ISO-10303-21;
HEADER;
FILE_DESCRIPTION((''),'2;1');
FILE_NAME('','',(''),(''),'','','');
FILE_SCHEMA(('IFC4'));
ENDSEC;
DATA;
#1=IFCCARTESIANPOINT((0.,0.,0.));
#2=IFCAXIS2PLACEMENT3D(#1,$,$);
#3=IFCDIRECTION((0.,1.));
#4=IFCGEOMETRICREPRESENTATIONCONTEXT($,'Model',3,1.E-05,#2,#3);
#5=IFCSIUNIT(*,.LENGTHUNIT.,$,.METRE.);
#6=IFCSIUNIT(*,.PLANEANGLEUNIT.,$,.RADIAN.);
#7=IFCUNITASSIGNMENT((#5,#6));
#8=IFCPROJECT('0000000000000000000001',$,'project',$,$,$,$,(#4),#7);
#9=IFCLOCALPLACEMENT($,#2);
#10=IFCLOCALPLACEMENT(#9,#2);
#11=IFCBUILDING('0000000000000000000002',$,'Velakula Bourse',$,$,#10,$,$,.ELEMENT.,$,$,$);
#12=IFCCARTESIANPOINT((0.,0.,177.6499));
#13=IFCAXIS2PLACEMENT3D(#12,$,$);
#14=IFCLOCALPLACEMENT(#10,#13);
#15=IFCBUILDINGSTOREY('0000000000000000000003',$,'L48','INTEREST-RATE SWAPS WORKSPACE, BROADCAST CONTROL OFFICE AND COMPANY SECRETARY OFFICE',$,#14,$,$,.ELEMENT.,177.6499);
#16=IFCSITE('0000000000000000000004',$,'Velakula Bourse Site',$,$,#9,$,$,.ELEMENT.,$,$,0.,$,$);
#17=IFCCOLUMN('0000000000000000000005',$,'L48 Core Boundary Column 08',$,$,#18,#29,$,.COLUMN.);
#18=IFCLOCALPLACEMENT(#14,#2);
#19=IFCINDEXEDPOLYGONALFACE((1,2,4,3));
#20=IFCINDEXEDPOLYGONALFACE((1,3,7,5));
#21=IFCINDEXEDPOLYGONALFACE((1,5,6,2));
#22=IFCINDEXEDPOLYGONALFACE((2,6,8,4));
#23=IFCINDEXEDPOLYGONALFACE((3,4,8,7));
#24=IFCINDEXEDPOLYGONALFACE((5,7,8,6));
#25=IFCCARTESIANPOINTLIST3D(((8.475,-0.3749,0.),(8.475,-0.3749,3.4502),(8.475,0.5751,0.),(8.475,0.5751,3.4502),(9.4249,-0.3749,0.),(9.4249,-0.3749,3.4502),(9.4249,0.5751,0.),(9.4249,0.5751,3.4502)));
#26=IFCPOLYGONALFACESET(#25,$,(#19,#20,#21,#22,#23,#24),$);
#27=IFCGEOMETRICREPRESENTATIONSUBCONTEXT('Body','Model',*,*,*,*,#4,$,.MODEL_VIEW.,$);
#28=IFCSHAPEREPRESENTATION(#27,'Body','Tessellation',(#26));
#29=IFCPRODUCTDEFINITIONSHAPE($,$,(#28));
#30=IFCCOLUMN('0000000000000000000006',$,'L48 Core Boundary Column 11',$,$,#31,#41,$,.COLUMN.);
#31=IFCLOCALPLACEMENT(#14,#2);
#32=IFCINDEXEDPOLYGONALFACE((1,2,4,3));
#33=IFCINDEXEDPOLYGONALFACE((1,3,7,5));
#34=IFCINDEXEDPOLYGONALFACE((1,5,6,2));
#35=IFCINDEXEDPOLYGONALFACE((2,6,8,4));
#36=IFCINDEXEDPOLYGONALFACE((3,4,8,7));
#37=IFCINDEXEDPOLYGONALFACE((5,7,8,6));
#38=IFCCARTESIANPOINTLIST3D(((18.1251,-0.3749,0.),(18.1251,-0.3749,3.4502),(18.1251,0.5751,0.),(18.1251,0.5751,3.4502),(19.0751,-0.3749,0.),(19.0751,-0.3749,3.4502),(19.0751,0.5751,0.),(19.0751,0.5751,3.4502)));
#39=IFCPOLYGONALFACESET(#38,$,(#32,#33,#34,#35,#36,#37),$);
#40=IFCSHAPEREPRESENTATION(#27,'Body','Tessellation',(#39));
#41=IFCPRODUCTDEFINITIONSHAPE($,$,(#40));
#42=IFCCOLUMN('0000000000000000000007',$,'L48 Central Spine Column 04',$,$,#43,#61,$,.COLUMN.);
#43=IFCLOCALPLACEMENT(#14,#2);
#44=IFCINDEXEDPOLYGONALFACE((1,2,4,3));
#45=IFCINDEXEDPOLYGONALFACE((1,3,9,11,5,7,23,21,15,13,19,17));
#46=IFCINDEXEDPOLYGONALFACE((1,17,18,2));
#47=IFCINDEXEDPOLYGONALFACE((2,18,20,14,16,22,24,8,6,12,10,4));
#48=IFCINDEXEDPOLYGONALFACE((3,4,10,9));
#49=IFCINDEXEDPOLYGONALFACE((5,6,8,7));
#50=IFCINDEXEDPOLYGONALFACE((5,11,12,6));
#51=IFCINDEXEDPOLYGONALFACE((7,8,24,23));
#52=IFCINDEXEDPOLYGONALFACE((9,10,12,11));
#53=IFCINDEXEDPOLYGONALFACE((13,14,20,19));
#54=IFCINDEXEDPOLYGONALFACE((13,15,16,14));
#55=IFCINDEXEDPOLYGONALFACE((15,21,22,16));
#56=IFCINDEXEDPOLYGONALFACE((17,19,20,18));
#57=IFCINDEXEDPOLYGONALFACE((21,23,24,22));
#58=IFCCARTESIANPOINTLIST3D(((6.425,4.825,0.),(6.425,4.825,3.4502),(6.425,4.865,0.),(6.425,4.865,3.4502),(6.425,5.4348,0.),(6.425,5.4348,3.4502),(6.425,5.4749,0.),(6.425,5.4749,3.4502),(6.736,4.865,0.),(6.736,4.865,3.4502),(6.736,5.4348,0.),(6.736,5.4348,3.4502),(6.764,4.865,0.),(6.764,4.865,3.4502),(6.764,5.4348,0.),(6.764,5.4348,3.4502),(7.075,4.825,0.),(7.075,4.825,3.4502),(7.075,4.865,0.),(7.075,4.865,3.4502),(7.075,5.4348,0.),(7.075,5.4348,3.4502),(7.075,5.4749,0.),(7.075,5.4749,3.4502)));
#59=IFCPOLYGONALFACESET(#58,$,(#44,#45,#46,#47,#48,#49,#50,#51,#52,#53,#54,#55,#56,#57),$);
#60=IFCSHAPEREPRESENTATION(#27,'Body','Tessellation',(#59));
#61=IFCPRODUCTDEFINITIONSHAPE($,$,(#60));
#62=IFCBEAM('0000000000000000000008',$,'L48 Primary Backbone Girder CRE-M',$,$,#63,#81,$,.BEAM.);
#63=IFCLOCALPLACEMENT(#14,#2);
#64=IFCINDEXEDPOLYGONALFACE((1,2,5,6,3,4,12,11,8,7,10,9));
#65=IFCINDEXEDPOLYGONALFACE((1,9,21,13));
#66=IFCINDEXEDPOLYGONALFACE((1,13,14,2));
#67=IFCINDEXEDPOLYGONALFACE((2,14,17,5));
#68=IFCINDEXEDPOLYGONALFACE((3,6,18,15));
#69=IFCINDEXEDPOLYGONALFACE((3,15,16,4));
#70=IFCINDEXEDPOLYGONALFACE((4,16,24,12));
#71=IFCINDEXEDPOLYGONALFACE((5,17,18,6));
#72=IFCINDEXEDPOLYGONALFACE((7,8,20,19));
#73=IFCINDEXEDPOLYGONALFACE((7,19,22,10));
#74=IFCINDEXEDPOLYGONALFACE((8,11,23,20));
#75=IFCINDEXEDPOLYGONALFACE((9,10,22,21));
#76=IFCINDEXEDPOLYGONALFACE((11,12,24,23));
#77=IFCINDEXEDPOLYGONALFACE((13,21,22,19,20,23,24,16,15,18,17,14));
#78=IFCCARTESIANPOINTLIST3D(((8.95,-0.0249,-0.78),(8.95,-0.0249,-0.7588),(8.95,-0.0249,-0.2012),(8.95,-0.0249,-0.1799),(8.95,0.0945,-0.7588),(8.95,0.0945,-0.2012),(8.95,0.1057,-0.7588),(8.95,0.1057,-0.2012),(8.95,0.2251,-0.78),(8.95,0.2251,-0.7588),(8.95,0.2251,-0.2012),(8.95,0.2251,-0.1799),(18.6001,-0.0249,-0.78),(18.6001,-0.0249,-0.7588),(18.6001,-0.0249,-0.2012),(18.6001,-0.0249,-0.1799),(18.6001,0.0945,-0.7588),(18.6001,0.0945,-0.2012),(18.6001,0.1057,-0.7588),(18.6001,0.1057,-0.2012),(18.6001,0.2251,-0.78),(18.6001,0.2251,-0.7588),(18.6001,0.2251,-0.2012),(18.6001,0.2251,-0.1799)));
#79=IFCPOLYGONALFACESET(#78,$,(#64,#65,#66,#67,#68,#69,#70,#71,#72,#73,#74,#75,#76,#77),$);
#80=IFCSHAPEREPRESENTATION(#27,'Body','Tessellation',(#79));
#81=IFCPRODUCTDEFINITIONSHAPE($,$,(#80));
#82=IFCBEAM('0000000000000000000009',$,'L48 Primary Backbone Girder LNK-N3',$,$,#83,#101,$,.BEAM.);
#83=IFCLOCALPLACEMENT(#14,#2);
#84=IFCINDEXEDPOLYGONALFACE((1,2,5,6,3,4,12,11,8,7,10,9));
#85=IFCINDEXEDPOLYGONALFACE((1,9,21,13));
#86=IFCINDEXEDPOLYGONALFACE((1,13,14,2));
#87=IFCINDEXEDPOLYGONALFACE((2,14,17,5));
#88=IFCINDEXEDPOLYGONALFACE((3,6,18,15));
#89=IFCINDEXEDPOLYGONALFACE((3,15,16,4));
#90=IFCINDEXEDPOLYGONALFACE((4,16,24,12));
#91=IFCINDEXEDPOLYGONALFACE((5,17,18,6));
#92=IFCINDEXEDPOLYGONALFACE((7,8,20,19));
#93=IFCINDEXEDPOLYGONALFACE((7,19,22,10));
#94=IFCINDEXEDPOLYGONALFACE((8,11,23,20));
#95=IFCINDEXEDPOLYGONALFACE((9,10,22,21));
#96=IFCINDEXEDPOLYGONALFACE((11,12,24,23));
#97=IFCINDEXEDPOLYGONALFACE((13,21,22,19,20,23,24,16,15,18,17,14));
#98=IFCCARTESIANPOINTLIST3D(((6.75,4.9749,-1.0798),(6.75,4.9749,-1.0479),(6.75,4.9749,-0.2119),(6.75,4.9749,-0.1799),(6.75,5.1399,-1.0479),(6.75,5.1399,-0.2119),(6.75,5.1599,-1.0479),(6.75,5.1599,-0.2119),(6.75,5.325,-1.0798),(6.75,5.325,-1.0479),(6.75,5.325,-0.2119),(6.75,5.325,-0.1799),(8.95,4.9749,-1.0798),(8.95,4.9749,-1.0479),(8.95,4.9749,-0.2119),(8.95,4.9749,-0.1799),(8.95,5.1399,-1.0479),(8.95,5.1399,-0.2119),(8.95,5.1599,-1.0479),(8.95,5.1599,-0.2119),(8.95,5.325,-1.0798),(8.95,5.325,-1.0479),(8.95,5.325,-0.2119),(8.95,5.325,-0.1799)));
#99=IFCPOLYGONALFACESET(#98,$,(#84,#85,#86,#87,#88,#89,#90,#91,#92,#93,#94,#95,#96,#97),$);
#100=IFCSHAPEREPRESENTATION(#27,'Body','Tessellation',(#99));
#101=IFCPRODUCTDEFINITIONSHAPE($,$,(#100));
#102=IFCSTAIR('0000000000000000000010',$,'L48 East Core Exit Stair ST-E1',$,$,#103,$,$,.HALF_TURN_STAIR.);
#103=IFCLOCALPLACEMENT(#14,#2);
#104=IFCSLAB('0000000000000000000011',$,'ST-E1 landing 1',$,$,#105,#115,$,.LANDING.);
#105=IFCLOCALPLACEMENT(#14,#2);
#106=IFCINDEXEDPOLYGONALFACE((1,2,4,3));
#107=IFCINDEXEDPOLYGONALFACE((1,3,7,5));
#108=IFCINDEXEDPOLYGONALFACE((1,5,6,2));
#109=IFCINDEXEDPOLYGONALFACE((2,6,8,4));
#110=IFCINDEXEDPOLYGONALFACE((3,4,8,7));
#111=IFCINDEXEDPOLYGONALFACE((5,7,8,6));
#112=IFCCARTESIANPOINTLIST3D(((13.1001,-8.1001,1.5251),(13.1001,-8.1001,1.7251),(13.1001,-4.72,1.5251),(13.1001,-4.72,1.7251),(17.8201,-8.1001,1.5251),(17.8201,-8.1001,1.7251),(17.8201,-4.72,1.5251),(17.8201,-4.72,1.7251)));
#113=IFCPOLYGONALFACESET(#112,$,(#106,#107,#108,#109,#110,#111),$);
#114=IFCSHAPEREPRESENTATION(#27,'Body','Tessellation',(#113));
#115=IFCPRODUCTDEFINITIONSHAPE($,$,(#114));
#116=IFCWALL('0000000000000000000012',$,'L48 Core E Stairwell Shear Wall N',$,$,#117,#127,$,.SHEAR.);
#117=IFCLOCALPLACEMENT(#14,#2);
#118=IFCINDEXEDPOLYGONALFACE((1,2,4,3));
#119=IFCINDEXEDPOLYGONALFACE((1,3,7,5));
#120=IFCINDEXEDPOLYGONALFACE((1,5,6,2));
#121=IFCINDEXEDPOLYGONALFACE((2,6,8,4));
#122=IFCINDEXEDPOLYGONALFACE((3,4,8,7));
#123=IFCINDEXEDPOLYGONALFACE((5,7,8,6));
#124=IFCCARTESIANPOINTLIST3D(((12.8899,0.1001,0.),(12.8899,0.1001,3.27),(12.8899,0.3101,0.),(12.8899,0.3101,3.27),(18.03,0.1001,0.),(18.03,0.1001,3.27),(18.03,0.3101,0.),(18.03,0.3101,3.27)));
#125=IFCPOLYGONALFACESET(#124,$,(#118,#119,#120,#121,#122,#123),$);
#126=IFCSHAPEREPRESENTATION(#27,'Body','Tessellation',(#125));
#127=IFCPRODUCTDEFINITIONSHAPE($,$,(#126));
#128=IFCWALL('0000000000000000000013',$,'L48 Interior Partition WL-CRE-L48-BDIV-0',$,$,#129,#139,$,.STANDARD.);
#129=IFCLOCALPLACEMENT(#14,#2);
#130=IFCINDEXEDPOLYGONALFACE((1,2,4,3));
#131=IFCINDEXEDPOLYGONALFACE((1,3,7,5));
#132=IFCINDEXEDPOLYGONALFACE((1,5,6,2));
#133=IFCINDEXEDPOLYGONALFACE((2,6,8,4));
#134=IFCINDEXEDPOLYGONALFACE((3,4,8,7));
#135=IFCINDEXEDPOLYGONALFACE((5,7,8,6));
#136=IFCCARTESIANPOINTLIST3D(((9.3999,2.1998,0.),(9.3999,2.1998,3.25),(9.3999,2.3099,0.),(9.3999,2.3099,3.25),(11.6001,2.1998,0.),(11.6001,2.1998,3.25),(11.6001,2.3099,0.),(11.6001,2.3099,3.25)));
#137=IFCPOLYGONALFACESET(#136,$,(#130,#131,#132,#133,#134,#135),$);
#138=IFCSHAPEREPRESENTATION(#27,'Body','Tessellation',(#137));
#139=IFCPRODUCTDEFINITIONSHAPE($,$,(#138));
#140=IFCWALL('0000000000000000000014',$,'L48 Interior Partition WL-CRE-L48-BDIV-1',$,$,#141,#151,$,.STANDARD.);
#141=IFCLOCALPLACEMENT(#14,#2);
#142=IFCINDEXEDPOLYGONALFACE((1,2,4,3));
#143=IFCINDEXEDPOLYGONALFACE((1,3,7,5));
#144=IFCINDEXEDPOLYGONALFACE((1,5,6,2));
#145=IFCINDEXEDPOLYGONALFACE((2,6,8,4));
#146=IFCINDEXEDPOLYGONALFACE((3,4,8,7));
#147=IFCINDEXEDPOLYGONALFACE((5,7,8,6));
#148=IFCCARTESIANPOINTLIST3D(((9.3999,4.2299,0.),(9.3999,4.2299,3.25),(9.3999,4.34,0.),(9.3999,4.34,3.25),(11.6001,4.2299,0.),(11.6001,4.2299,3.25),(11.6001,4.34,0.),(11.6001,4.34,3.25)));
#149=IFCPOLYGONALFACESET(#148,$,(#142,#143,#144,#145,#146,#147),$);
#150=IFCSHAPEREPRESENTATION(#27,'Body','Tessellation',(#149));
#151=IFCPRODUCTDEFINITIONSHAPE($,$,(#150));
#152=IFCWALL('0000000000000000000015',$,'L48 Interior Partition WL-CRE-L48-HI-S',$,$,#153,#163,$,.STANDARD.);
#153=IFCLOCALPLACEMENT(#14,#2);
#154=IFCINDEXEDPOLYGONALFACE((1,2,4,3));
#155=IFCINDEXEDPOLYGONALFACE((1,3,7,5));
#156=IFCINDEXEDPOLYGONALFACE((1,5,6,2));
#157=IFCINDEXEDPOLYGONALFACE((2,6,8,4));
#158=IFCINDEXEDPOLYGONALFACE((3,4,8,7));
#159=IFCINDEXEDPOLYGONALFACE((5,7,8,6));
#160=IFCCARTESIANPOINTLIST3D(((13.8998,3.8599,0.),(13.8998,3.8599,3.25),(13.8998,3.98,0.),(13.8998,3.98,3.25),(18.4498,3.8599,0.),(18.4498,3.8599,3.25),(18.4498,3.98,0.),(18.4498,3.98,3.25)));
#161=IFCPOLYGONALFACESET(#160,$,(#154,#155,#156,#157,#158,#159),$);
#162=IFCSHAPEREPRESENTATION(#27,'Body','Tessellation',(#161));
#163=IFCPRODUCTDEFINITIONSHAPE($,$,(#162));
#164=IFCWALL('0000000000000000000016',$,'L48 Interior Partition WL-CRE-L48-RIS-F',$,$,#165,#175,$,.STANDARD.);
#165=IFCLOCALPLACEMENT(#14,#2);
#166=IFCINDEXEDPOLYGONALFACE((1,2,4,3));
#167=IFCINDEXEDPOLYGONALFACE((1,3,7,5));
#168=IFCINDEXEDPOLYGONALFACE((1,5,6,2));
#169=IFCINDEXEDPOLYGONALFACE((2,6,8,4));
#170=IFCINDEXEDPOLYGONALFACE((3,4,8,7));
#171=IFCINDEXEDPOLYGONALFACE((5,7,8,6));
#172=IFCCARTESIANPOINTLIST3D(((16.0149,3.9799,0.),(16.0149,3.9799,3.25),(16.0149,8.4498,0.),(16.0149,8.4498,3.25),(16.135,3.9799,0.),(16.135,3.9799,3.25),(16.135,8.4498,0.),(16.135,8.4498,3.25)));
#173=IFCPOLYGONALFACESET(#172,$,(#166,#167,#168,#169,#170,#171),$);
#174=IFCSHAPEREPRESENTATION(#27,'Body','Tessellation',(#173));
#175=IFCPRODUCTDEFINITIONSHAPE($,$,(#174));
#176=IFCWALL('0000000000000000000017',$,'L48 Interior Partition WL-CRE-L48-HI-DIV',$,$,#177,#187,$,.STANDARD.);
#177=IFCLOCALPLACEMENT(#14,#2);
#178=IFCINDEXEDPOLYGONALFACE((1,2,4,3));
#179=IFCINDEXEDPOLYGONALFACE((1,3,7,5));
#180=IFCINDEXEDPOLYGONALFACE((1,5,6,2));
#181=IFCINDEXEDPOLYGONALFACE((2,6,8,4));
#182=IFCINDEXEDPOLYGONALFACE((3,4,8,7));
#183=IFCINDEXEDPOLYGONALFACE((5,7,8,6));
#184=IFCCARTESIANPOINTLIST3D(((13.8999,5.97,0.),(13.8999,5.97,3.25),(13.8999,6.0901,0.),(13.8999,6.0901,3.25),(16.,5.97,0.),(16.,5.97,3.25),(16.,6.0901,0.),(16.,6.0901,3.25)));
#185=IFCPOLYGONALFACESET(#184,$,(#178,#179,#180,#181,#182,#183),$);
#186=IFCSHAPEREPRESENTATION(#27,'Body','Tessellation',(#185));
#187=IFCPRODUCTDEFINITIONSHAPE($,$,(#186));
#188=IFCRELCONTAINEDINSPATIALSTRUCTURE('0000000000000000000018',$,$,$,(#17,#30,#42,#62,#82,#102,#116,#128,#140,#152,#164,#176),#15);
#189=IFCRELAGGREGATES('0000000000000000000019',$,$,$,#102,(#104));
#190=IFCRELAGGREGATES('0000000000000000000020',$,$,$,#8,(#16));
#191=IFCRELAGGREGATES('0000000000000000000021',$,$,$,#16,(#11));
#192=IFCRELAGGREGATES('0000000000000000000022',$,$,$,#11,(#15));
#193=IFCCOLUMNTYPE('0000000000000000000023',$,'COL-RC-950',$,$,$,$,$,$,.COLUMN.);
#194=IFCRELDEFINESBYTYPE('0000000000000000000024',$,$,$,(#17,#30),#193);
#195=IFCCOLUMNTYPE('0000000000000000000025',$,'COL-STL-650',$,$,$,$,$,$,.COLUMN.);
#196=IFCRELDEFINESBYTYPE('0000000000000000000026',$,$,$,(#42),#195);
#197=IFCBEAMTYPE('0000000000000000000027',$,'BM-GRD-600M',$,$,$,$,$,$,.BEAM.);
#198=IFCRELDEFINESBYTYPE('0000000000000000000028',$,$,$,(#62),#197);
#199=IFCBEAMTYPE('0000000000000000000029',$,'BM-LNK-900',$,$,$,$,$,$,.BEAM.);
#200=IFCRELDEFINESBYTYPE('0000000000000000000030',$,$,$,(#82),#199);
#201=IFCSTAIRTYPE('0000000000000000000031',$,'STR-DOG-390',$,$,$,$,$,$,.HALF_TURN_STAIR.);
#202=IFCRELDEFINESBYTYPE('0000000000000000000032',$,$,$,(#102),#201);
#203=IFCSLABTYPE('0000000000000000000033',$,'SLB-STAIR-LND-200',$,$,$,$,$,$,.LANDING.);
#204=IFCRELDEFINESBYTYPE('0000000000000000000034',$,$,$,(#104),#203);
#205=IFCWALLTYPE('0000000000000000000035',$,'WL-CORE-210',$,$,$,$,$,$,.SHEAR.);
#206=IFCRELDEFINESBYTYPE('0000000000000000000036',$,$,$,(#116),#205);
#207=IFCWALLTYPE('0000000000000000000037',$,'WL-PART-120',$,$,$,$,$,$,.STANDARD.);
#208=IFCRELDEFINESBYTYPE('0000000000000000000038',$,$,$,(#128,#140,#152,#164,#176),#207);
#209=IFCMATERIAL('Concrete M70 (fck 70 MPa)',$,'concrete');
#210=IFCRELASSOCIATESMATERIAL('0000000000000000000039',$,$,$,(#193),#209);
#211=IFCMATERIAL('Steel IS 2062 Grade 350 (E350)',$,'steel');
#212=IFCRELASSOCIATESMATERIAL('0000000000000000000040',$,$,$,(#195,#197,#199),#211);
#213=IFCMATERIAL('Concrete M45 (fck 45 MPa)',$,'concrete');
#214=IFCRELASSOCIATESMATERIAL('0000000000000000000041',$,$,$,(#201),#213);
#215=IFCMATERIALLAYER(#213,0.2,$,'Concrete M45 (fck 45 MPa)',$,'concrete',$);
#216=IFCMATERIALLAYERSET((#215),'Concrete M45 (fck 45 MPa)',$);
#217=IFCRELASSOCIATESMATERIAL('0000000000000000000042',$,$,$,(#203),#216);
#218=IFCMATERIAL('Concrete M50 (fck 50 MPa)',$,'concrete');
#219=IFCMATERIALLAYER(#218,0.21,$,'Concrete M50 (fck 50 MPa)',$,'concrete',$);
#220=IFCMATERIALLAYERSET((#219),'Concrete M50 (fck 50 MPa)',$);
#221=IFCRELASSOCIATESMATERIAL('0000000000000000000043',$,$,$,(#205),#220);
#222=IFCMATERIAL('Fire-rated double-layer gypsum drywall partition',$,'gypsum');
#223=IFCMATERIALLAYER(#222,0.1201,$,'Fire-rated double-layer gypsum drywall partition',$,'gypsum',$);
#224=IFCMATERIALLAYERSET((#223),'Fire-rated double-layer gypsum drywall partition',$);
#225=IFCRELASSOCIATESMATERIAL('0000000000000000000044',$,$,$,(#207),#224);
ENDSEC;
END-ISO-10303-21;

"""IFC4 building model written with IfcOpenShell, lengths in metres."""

from ifc_helpers import new_model, si_unit, direction, frame, frame_2d, origin, origin_2d, place, context, subcontext, project, spatial, polyline, rectangle, i_section, outline, extrude, material, layer, layer_set, material_profile, profile_set, type_object, element, aggregate, save


model = new_model("IFC4")

# Units and contexts
model_context = context("Model", 3, precision=1e-05, world=origin(), true_north=direction((0.0, 1.0)))
body_context = subcontext(model_context, "Body", "Model", "MODEL_VIEW")
ifc_project = project(units=[si_unit("LENGTHUNIT", "METRE"), si_unit("PLANEANGLEUNIT", "RADIAN")], contexts=[model_context])

# Site, building, storey
site_placement = place(None, origin())
site = spatial("IfcSite", under=ifc_project, at=site_placement, Name="Velakula Bourse Site", CompositionType="ELEMENT", RefElevation=0.0)
building_placement = place(site_placement, origin())
building = spatial("IfcBuilding", under=site, at=building_placement, Name="Velakula Bourse", CompositionType="ELEMENT")
storey_placement = place(building_placement, frame((0.0, 0.0, 177.6499)))
storey = spatial("IfcBuildingStorey", under=building, at=storey_placement, Name="L48", Description="INTEREST-RATE SWAPS WORKSPACE, BROADCAST CONTROL OFFICE AND COMPANY SECRETARY OFFICE", CompositionType="ELEMENT", Elevation=177.6499)

# Columns
ifc_material_1 = material(Name="Concrete M70 (fck 70 MPa)", Category="concrete")
ifc_material_profile_1 = material_profile(ifc_material_1, rectangle(XDim=0.95, YDim=0.95, at=origin_2d()), Name="Concrete M70 (fck 70 MPa)")
ifc_profile_set_1 = profile_set([ifc_material_profile_1], Name="Concrete M70 (fck 70 MPa)")
column_type_1 = type_object("IfcColumnType", Name="COL-RC-950", PredefinedType="COLUMN", material=ifc_profile_set_1)
for number, where, z_axis, x_axis, name in (
    (1, (8.95, 0.1001, 0.0), (0.0, 0.0, 1.0), (1.0, 0.0, 0.0), "L48 Core Boundary Column 08"),
    (2, (18.6001, 0.1001, 0.0), (0.0, 0.0, 1.0), (1.0, 0.0, 0.0), "L48 Core Boundary Column 11"),
):
    element("IfcColumn", number, at=place(storey_placement, frame(where, z_axis=z_axis, x_axis=x_axis)), inside=storey, type_object=column_type_1, Name=name, PredefinedType="COLUMN", context=body_context, shape_type="SweptSolid", body=[
        extrude(rectangle(XDim=0.95, YDim=0.95, at=origin_2d()), origin(), (0.0, 0.0, 1.0), 3.4502),
    ])
ifc_material_2 = material(Name="Steel IS 2062 Grade 350 (E350)", Category="steel")
ifc_material_profile_2 = material_profile(ifc_material_2, i_section(OverallWidth=0.6499, OverallDepth=0.6499, WebThickness=0.0281, FlangeThickness=0.04, at=origin_2d()), Name="Steel IS 2062 Grade 350 (E350)")
ifc_profile_set_2 = profile_set([ifc_material_profile_2], Name="Steel IS 2062 Grade 350 (E350)")
column_type_2 = type_object("IfcColumnType", Name="COL-STL-650", PredefinedType="COLUMN", material=ifc_profile_set_2)
column_placement = place(storey_placement, frame((6.75, 5.1499, 0.0), z_axis=(0.0, 0.0, 1.0), x_axis=(1.0, 0.0, 0.0)))
element("IfcColumn", 3, at=column_placement, inside=storey, type_object=column_type_2, Name="L48 Central Spine Column 04", PredefinedType="COLUMN", context=body_context, shape_type="SweptSolid", body=[
    extrude(i_section(OverallWidth=0.6499, OverallDepth=0.6499, WebThickness=0.0281, FlangeThickness=0.04, at=origin_2d()), origin(), (0.0, 0.0, 1.0), 3.4502),
])

# Beams
ifc_material_profile_3 = material_profile(ifc_material_2, i_section(OverallWidth=0.25, OverallDepth=0.6001, WebThickness=0.0112, FlangeThickness=0.0212, at=origin_2d()), Name="Steel IS 2062 Grade 350 (E350)")
ifc_profile_set_3 = profile_set([ifc_material_profile_3], Name="Steel IS 2062 Grade 350 (E350)")
beam_type_1 = type_object("IfcBeamType", Name="BM-GRD-600M", PredefinedType="BEAM", material=ifc_profile_set_3)
beam_1_placement = place(storey_placement, frame((8.95, 0.1001, -0.48), z_axis=(1.0, 0.0, 0.0), x_axis=(0.0, 1.0, 0.0)))
element("IfcBeam", 4, at=beam_1_placement, inside=storey, type_object=beam_type_1, Name="L48 Primary Backbone Girder CRE-M", PredefinedType="BEAM", context=body_context, shape_type="SweptSolid", body=[
    extrude(i_section(OverallWidth=0.25, OverallDepth=0.6001, WebThickness=0.0112, FlangeThickness=0.0212, at=origin_2d()), origin(), (0.0, 0.0, 1.0), 9.6501),
])
ifc_material_profile_4 = material_profile(ifc_material_2, i_section(OverallWidth=0.3501, OverallDepth=0.8999, WebThickness=0.02, FlangeThickness=0.032, at=origin_2d()), Name="Steel IS 2062 Grade 350 (E350)")
ifc_profile_set_4 = profile_set([ifc_material_profile_4], Name="Steel IS 2062 Grade 350 (E350)")
beam_type_2 = type_object("IfcBeamType", Name="BM-LNK-900", PredefinedType="BEAM", material=ifc_profile_set_4)
beam_2_placement = place(storey_placement, frame((6.75, 5.1499, -0.6299), z_axis=(1.0, 0.0, 0.0), x_axis=(0.0, 1.0, 0.0)))
element("IfcBeam", 5, at=beam_2_placement, inside=storey, type_object=beam_type_2, Name="L48 Primary Backbone Girder LNK-N3", PredefinedType="BEAM", context=body_context, shape_type="SweptSolid", body=[
    extrude(i_section(OverallWidth=0.3501, OverallDepth=0.8999, WebThickness=0.02, FlangeThickness=0.032, at=origin_2d()), origin(), (0.0, 0.0, 1.0), 2.2),
])

# Stair, slab
ifc_material_3 = material(Name="Concrete M45 (fck 45 MPa)", Category="concrete")
stair_type = type_object("IfcStairType", Name="STR-DOG-390", PredefinedType="HALF_TURN_STAIR", material=ifc_material_3)
stair_placement = place(storey_placement, origin())
stair = element("IfcStair", 6, at=stair_placement, inside=storey, type_object=stair_type, Name="L48 East Core Exit Stair ST-E1", PredefinedType="HALF_TURN_STAIR")
ifc_layer_1 = layer(ifc_material_3, 0.2, Name="Concrete M45 (fck 45 MPa)", Category="concrete")
ifc_layer_set_1 = layer_set([ifc_layer_1], Name="Concrete M45 (fck 45 MPa)")
slab_type = type_object("IfcSlabType", Name="SLB-STAIR-LND-200", PredefinedType="LANDING", material=ifc_layer_set_1)
slab_placement = place(storey_placement, frame((0.0, 0.0, 1.5251)))
slab = element("IfcSlab", 7, at=slab_placement, type_object=slab_type, Name="ST-E1 landing 1", PredefinedType="LANDING", context=body_context, shape_type="SweptSolid", body=[
    extrude(outline(polyline([(13.1001, -4.72), (13.1001, -8.1001), (17.8201, -8.1001), (17.8201, -4.72), (13.1001, -4.72)])), origin(), (0.0, 0.0, 1.0), 0.2),
])
aggregate(stair, [slab])

# Walls
ifc_material_4 = material(Name="Concrete M50 (fck 50 MPa)", Category="concrete")
ifc_layer_2 = layer(ifc_material_4, 0.21, Name="Concrete M50 (fck 50 MPa)", Category="concrete")
ifc_layer_set_2 = layer_set([ifc_layer_2], Name="Concrete M50 (fck 50 MPa)")
wall_type_1 = type_object("IfcWallType", Name="WL-CORE-210", PredefinedType="SHEAR", material=ifc_layer_set_2)
wall_1_placement = place(storey_placement, frame((18.03, 0.2051, 0.0), z_axis=(0.0, 0.0, 1.0), x_axis=(-1.0, 0.0, 0.0)))
element("IfcWall", 8, at=wall_1_placement, inside=storey, type_object=wall_type_1, Name="L48 Core E Stairwell Shear Wall N", PredefinedType="SHEAR", context=body_context, shape_type="SweptSolid", body=[
    extrude(rectangle(XDim=5.1401, YDim=0.21, at=frame_2d((2.5701, 0.0))), origin(), (0.0, 0.0, 1.0), 3.27),
])
ifc_material_5 = material(Name="Fire-rated double-layer gypsum drywall partition", Category="gypsum")
ifc_layer_3 = layer(ifc_material_5, 0.1201, Name="Fire-rated double-layer gypsum drywall partition", Category="gypsum")
ifc_layer_set_3 = layer_set([ifc_layer_3], Name="Fire-rated double-layer gypsum drywall partition")
wall_type_2 = type_object("IfcWallType", Name="WL-PART-120", PredefinedType="STANDARD", material=ifc_layer_set_3)
for number, where, z_axis, x_axis, name in (
    (9, (9.3999, 2.2549, 0.0), (0.0, 0.0, 1.0), (1.0, 0.0, 0.0), "L48 Interior Partition WL-CRE-L48-BDIV-0"),
    (10, (9.3999, 4.2849, 0.0), (0.0, 0.0, 1.0), (1.0, 0.0, 0.0), "L48 Interior Partition WL-CRE-L48-BDIV-1"),
):
    element("IfcWall", number, at=place(storey_placement, frame(where, z_axis=z_axis, x_axis=x_axis)), inside=storey, type_object=wall_type_2, Name=name, PredefinedType="STANDARD", context=body_context, shape_type="SweptSolid", body=[
        extrude(rectangle(XDim=2.2002, YDim=0.1101, at=frame_2d((1.1001, 0.0))), origin(), (0.0, 0.0, 1.0), 3.25),
    ])
wall_2_placement = place(storey_placement, frame((13.8999, 3.9199, 0.0), z_axis=(0.0, 0.0, 1.0), x_axis=(1.0, 0.0, 0.0)))
element("IfcWall", 11, at=wall_2_placement, inside=storey, type_object=wall_type_2, Name="L48 Interior Partition WL-CRE-L48-HI-S", PredefinedType="STANDARD", context=body_context, shape_type="SweptSolid", body=[
    extrude(rectangle(XDim=4.55, YDim=0.1201, at=frame_2d((2.2749, 0.0))), origin(), (0.0, 0.0, 1.0), 3.25),
])
wall_3_placement = place(storey_placement, frame((16.075, 3.98, 0.0), z_axis=(0.0, 0.0, 1.0), x_axis=(0.0, 1.0, 0.0)))
element("IfcWall", 12, at=wall_3_placement, inside=storey, type_object=wall_type_2, Name="L48 Interior Partition WL-CRE-L48-RIS-F", PredefinedType="STANDARD", context=body_context, shape_type="SweptSolid", body=[
    extrude(rectangle(XDim=4.47, YDim=0.1201, at=frame_2d((2.2349, 0.0))), origin(), (0.0, 0.0, 1.0), 3.25),
])
wall_4_placement = place(storey_placement, frame((13.8999, 6.03, 0.0), z_axis=(0.0, 0.0, 1.0), x_axis=(1.0, 0.0, 0.0)))
element("IfcWall", 13, at=wall_4_placement, inside=storey, type_object=wall_type_2, Name="L48 Interior Partition WL-CRE-L48-HI-DIV", PredefinedType="STANDARD", context=body_context, shape_type="SweptSolid", body=[
    extrude(rectangle(XDim=2.1001, YDim=0.1201, at=frame_2d((1.05, 0.0))), origin(), (0.0, 0.0, 1.0), 3.25),
])

save(model, "model.ifc")
